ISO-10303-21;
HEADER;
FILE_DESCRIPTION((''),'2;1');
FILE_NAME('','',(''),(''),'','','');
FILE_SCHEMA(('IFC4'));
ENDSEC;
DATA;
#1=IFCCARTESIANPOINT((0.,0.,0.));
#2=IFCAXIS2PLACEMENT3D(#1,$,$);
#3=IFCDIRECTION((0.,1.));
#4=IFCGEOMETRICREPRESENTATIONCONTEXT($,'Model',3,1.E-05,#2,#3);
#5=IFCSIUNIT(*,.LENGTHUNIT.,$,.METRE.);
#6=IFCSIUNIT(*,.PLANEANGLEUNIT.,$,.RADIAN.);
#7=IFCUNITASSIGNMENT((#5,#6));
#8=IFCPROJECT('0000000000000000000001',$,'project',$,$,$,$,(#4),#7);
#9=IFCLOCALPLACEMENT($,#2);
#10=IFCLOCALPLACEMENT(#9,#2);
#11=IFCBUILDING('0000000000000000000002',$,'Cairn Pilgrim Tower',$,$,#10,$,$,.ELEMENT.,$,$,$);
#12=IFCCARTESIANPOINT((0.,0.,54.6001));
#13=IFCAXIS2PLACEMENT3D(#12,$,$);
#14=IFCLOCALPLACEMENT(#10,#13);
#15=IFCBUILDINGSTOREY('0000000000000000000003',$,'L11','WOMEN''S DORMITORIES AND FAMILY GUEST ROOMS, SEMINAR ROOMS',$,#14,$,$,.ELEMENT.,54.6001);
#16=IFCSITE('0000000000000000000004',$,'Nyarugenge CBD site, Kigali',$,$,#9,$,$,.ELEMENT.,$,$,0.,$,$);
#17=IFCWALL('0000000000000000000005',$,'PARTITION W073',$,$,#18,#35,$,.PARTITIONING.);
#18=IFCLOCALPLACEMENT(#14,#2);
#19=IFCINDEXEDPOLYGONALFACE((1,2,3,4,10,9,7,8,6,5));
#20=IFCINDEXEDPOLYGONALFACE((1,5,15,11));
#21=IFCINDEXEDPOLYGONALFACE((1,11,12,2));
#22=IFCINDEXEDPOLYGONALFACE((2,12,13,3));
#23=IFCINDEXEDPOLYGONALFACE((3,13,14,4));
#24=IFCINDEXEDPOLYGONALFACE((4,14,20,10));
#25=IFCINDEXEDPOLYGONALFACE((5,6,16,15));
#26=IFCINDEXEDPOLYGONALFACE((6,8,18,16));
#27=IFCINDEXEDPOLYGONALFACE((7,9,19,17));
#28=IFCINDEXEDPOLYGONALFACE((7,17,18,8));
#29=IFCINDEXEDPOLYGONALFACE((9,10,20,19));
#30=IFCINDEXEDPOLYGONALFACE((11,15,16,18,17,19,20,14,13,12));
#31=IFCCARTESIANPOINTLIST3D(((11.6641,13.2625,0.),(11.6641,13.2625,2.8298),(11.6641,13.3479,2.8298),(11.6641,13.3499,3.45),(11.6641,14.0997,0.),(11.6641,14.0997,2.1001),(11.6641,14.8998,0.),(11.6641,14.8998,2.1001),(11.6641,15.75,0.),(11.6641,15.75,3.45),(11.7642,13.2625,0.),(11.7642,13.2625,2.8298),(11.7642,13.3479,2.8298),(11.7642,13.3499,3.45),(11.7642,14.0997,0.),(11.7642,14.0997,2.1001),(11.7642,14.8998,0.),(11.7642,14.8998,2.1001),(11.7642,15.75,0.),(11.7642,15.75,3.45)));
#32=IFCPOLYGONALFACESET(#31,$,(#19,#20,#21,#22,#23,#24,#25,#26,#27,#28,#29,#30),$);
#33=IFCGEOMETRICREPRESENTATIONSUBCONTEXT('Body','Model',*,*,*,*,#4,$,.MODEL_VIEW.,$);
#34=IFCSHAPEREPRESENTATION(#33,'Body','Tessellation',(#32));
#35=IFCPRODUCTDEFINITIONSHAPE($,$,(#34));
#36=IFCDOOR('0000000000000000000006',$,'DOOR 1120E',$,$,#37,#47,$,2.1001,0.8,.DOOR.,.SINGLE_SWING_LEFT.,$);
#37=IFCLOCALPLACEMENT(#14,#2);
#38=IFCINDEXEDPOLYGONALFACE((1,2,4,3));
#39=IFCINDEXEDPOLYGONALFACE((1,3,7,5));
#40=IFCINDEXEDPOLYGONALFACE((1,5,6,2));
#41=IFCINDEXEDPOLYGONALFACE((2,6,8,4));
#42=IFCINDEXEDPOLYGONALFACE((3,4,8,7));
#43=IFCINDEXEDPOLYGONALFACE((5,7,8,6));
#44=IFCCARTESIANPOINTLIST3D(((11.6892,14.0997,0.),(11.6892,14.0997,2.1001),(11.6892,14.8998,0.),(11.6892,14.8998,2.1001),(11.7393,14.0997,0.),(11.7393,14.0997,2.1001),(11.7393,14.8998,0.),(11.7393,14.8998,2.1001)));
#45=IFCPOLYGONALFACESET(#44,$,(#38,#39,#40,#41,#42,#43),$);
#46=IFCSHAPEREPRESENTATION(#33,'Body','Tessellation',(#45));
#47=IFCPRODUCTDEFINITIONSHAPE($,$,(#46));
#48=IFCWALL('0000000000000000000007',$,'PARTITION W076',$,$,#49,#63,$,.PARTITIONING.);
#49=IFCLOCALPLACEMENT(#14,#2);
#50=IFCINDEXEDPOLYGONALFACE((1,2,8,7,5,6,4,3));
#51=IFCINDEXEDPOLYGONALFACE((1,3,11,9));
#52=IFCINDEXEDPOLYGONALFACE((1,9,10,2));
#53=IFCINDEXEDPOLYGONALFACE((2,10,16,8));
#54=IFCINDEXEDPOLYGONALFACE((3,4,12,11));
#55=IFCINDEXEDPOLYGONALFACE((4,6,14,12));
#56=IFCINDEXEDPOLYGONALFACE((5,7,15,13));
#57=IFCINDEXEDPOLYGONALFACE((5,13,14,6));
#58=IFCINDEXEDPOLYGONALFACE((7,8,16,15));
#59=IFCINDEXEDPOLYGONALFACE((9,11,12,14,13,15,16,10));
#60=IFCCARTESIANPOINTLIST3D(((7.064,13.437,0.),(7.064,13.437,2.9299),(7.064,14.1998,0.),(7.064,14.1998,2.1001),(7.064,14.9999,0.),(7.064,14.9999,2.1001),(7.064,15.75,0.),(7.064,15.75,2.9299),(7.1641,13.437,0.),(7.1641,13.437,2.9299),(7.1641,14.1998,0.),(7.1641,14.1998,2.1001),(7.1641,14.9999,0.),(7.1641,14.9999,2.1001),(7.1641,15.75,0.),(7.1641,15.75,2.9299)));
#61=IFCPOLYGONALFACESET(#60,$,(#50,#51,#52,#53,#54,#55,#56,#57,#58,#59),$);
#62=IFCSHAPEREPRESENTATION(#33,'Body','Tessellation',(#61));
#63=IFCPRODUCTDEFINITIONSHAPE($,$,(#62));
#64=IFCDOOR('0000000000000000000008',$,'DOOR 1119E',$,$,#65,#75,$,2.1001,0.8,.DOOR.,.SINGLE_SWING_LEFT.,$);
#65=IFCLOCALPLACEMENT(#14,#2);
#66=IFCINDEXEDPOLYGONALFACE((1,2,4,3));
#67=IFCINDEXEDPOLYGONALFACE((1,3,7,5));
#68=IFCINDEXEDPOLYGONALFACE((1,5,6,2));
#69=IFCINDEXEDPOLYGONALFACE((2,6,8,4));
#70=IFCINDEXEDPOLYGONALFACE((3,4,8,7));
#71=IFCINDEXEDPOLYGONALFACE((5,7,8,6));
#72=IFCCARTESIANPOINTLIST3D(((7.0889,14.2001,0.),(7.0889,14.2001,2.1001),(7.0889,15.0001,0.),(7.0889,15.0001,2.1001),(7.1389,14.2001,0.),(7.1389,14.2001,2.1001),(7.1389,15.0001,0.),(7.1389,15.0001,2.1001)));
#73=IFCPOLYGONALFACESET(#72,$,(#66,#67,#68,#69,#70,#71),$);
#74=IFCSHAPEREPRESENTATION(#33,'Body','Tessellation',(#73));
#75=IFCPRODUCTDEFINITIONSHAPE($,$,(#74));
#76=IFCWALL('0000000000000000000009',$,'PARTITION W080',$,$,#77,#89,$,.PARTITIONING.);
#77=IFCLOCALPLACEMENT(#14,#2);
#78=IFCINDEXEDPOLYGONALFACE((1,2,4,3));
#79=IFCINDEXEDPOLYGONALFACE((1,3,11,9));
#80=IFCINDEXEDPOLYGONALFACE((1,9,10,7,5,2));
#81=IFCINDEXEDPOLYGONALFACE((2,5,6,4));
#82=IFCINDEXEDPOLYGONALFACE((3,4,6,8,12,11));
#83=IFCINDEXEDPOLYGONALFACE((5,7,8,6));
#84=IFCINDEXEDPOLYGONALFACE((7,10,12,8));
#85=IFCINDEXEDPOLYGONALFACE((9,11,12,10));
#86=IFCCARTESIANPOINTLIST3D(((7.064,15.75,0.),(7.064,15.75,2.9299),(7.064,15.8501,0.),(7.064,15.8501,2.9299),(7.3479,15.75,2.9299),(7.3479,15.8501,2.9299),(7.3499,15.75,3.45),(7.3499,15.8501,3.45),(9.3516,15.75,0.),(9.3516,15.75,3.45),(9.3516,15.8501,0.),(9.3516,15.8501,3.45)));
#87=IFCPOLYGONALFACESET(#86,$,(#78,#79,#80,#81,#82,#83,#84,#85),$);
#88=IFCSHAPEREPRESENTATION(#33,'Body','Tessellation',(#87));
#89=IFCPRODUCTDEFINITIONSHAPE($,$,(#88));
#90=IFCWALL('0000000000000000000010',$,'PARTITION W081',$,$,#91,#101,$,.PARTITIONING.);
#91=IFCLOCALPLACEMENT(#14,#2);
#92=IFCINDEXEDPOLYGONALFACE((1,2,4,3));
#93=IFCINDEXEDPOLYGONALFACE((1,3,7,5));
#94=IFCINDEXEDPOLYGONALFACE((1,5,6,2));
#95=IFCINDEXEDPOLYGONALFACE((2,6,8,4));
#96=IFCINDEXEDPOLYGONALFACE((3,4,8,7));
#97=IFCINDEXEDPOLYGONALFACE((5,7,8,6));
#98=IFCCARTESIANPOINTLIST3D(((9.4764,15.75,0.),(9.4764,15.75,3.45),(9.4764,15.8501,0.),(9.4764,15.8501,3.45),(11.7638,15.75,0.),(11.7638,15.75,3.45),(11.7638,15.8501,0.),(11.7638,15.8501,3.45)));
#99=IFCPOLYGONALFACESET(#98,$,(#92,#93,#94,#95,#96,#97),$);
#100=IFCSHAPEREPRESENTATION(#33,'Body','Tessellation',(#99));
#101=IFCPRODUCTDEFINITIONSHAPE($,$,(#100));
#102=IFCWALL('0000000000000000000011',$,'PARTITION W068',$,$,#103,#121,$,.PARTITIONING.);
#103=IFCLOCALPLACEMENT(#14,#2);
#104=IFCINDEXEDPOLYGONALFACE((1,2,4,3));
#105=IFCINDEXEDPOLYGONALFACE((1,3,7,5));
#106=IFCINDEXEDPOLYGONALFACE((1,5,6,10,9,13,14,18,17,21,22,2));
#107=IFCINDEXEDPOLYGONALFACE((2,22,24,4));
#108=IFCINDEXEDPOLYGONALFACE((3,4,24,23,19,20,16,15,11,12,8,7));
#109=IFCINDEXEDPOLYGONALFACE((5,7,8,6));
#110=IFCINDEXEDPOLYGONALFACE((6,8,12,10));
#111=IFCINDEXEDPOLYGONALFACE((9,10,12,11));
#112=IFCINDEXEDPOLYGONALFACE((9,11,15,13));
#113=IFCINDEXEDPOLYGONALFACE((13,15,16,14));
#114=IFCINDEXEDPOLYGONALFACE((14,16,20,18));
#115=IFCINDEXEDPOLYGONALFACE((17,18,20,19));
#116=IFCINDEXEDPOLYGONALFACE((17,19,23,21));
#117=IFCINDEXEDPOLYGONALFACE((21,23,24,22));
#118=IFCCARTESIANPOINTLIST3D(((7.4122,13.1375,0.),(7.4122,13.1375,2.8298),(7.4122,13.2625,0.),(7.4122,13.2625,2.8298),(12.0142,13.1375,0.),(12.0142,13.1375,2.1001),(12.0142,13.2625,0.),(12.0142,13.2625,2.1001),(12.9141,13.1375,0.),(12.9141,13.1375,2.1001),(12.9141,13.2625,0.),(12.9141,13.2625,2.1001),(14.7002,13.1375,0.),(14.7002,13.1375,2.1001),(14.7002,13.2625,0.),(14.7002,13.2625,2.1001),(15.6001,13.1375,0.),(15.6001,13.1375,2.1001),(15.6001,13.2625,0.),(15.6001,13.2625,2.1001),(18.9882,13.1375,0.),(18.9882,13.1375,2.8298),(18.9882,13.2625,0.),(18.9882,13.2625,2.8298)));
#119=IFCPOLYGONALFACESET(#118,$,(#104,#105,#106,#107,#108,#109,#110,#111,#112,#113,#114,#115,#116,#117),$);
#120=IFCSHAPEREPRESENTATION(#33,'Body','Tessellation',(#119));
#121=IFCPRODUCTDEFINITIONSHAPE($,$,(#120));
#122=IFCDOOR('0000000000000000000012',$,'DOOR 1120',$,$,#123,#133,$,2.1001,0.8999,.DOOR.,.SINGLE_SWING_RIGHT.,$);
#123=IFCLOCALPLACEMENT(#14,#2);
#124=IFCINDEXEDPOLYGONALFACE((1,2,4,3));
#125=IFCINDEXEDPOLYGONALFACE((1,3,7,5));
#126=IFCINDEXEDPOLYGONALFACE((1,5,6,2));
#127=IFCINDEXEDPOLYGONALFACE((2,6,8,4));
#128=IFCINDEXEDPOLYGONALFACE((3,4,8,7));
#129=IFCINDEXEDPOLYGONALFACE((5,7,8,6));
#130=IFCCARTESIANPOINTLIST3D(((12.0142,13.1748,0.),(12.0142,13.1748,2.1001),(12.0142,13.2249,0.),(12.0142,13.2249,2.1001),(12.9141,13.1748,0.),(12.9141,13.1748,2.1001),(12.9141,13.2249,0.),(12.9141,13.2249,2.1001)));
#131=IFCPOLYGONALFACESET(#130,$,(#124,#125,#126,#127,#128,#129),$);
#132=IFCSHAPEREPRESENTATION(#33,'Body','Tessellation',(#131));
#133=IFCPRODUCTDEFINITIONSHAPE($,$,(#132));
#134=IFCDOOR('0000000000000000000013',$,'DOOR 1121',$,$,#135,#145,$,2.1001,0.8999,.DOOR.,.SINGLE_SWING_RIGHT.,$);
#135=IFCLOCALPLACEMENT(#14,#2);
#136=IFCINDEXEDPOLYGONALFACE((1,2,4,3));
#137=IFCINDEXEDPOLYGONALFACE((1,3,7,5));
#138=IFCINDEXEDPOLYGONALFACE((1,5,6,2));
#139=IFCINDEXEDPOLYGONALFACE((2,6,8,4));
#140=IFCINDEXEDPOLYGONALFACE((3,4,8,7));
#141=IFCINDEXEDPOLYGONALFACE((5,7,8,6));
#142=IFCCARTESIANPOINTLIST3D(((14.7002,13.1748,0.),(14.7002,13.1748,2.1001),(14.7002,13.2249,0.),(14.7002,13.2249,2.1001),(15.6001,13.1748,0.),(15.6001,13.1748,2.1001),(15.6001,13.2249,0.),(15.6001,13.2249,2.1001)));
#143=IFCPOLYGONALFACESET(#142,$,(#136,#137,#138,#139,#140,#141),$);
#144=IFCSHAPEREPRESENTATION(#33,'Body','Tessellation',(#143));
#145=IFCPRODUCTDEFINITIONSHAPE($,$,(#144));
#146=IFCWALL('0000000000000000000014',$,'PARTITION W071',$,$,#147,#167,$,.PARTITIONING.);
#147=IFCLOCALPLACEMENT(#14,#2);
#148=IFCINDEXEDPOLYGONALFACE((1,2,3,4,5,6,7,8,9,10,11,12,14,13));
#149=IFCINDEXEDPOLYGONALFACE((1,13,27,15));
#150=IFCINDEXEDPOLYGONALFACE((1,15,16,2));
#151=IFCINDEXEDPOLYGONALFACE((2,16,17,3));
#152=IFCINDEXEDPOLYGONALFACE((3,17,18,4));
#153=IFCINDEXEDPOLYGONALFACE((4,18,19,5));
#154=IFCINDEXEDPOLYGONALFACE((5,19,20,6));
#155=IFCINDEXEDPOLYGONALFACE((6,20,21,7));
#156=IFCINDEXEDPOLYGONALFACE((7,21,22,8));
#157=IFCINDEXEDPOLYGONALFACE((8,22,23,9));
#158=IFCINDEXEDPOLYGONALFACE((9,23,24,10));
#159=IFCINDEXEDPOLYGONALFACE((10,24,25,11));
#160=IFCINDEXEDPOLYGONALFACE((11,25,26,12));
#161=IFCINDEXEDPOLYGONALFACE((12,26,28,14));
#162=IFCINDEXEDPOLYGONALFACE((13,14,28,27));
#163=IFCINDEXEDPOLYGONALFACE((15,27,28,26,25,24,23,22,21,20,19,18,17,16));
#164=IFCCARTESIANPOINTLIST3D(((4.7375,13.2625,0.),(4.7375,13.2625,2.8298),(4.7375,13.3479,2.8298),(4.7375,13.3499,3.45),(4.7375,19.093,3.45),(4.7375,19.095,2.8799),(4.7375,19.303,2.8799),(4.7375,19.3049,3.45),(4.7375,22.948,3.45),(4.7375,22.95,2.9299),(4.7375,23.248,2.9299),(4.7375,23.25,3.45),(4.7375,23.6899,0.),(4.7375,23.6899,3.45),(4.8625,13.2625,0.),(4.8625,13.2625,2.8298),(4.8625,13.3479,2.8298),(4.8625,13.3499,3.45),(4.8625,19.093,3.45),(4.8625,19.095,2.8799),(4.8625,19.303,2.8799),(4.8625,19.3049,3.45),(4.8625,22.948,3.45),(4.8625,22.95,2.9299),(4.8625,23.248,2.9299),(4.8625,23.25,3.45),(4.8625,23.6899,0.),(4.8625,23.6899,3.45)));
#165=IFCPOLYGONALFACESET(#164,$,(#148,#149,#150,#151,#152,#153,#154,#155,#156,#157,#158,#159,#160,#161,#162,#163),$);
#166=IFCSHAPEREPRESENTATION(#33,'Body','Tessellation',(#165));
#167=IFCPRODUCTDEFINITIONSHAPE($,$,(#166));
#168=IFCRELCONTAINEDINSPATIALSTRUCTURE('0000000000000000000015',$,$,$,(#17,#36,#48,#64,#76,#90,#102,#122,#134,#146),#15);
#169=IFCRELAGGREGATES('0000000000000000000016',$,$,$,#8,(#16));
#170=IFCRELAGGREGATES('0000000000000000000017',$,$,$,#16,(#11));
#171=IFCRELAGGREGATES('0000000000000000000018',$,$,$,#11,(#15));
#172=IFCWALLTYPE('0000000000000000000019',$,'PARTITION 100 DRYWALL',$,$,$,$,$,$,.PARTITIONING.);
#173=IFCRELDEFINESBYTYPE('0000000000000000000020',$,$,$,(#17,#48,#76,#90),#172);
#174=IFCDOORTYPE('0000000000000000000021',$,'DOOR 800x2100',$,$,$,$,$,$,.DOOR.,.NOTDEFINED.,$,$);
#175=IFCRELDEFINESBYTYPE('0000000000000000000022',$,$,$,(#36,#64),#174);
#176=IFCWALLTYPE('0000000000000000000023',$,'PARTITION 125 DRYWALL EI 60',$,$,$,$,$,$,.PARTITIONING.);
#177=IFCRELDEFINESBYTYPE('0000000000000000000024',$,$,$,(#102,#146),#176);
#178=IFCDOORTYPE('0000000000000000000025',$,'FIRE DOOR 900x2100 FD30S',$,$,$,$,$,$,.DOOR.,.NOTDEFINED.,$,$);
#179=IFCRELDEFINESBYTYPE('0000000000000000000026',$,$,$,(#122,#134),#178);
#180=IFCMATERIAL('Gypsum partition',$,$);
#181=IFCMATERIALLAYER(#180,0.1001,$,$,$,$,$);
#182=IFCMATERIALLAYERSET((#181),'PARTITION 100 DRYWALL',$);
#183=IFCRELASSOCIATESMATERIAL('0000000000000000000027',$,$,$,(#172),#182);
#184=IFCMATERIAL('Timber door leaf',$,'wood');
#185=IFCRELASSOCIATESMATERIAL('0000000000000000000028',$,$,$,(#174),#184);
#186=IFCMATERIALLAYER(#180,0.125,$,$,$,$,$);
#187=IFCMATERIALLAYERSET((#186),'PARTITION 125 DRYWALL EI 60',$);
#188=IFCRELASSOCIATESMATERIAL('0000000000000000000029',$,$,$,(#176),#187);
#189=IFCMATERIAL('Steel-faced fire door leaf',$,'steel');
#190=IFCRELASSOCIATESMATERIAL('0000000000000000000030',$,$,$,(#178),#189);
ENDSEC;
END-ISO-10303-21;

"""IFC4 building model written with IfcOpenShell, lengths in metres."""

from ifc_helpers import new_model, si_unit, direction, frame, frame_2d, origin, place, context, subcontext, project, spatial, polyline, rectangle, outline, extrude, material, layer, layer_set, type_object, element, fill, save


model = new_model("IFC4")

# Units and contexts
model_context = context("Model", 3, precision=1e-05, world=origin(), true_north=direction((0.0, 1.0)))
body_context = subcontext(model_context, "Body", "Model", "MODEL_VIEW")
ifc_project = project(units=[si_unit("LENGTHUNIT", "METRE"), si_unit("PLANEANGLEUNIT", "RADIAN")], contexts=[model_context])

# Site, building, storey
site_placement = place(None, origin())
site = spatial("IfcSite", under=ifc_project, at=site_placement, Name="Nyarugenge CBD site, Kigali", CompositionType="ELEMENT", RefElevation=0.0)
building_placement = place(site_placement, origin())
building = spatial("IfcBuilding", under=site, at=building_placement, Name="Cairn Pilgrim Tower", CompositionType="ELEMENT")
storey_placement = place(building_placement, frame((0.0, 0.0, 54.6001)))
storey = spatial("IfcBuildingStorey", under=building, at=storey_placement, Name="L11", Description="WOMEN'S DORMITORIES AND FAMILY GUEST ROOMS, SEMINAR ROOMS", CompositionType="ELEMENT", Elevation=54.6001)

# Walls, openings, doors
ifc_material_1 = material(Name="Gypsum partition")
ifc_layer_1 = layer(ifc_material_1, 0.1001)
ifc_layer_set_1 = layer_set([ifc_layer_1], Name="PARTITION 100 DRYWALL")
wall_type_1 = type_object("IfcWallType", Name="PARTITION 100 DRYWALL", PredefinedType="PARTITIONING", material=ifc_layer_set_1)
wall_1_placement = place(storey_placement, frame((11.7141, 13.2625, 0.0), z_axis=(0.0, 0.0, 1.0), x_axis=(0.0, 1.0, 0.0)))
wall_1 = element("IfcWall", 1, at=wall_1_placement, inside=storey, type_object=wall_type_1, Name="PARTITION W073", PredefinedType="PARTITIONING", context=body_context, shape_type="SweptSolid", body=[
    extrude(outline(polyline([(0.0, 0.0), (2.4875, 0.0), (2.4875, 3.45), (0.0874, 3.45), (0.0854, 2.8298), (0.0, 2.8298), (0.0, 0.0)])), frame((0.0, 0.05, 0.0), z_axis=(0.0, -1.0, 0.0), x_axis=(1.0, 0.0, 0.0)), (0.0, 0.0, 1.0), 0.1001),
])
opening_1_placement = place(wall_1_placement, frame((0.8374, 0.0, 0.0)))
opening_1 = element("IfcOpeningElement", 2, at=opening_1_placement, cuts=wall_1, PredefinedType="OPENING", context=body_context, shape_type="SweptSolid", body=[
    extrude(rectangle(XDim=0.8, YDim=2.1001, at=frame_2d((0.3999, 1.05))), frame((0.0, 0.0601, 0.0), z_axis=(0.0, -1.0, 0.0), x_axis=(1.0, 0.0, 0.0)), (0.0, 0.0, 1.0), 0.1201),
])
ifc_material_2 = material(Name="Timber door leaf", Category="wood")
door_type_1 = type_object("IfcDoorType", Name="DOOR 800x2100", OperationType="NOTDEFINED", PredefinedType="DOOR", material=ifc_material_2)
door_1_placement = place(opening_1_placement, origin())
door_1 = element("IfcDoor", 3, at=door_1_placement, inside=storey, type_object=door_type_1, Name="DOOR 1120E", OperationType="SINGLE_SWING_LEFT", OverallHeight=2.1001, OverallWidth=0.8, PredefinedType="DOOR", context=body_context, shape_type="SweptSolid", body=[
    extrude(rectangle(XDim=0.8, YDim=2.1001, at=frame_2d((0.3999, 1.05))), frame((0.0, 0.0249, 0.0), z_axis=(0.0, -1.0, 0.0), x_axis=(1.0, 0.0, 0.0)), (0.0, 0.0, 1.0), 0.05),
])
fill(opening_1, door_1)
wall_2_placement = place(storey_placement, frame((7.114, 13.437, 0.0), z_axis=(0.0, 0.0, 1.0), x_axis=(0.0, 1.0, 0.0)))
wall_2 = element("IfcWall", 4, at=wall_2_placement, inside=storey, type_object=wall_type_1, Name="PARTITION W076", PredefinedType="PARTITIONING", context=body_context, shape_type="SweptSolid", body=[
    extrude(rectangle(XDim=2.313, YDim=0.1001, at=frame_2d((1.1565, 0.0))), origin(), (0.0, 0.0, 1.0), 2.9299),
])
opening_2_placement = place(wall_2_placement, frame((0.7629, 0.0, 0.0)))
opening_2 = element("IfcOpeningElement", 5, at=opening_2_placement, cuts=wall_2, PredefinedType="OPENING", context=body_context, shape_type="SweptSolid", body=[
    extrude(rectangle(XDim=0.8, YDim=2.1001, at=frame_2d((0.3999, 1.05))), frame((0.0, 0.0601, 0.0), z_axis=(0.0, -1.0, 0.0), x_axis=(1.0, 0.0, 0.0)), (0.0, 0.0, 1.0), 0.1201),
])
door_2_placement = place(opening_2_placement, frame((0.8, 0.0, 0.0), z_axis=(0.0, 0.0, 1.0), x_axis=(-1.0, 0.0, 0.0)))
door_2 = element("IfcDoor", 6, at=door_2_placement, inside=storey, type_object=door_type_1, Name="DOOR 1119E", OperationType="SINGLE_SWING_LEFT", OverallHeight=2.1001, OverallWidth=0.8, PredefinedType="DOOR", context=body_context, shape_type="SweptSolid", body=[
    extrude(rectangle(XDim=0.8, YDim=2.1001, at=frame_2d((0.3999, 1.05))), frame((0.0, 0.0249, 0.0), z_axis=(0.0, -1.0, 0.0), x_axis=(1.0, 0.0, 0.0)), (0.0, 0.0, 1.0), 0.05),
])
fill(opening_2, door_2)

# Walls
wall_3_placement = place(storey_placement, frame((7.064, 15.8, 0.0), z_axis=(0.0, 0.0, 1.0), x_axis=(1.0, 0.0, 0.0)))
element("IfcWall", 7, at=wall_3_placement, inside=storey, type_object=wall_type_1, Name="PARTITION W080", PredefinedType="PARTITIONING", context=body_context, shape_type="SweptSolid", body=[
    extrude(outline(polyline([(0.0, 0.0), (2.2876, 0.0), (2.2876, 3.45), (0.2859, 3.45), (0.2839, 2.9299), (0.0, 2.9299), (0.0, 0.0)])), frame((0.0, 0.05, 0.0), z_axis=(0.0, -1.0, 0.0), x_axis=(1.0, 0.0, 0.0)), (0.0, 0.0, 1.0), 0.1001),
])
wall_4_placement = place(storey_placement, frame((9.4766, 15.8, 0.0), z_axis=(0.0, 0.0, 1.0), x_axis=(1.0, 0.0, 0.0)))
element("IfcWall", 8, at=wall_4_placement, inside=storey, type_object=wall_type_1, Name="PARTITION W081", PredefinedType="PARTITIONING", context=body_context, shape_type="SweptSolid", body=[
    extrude(rectangle(XDim=2.2874, YDim=0.1001, at=frame_2d((1.1436, 0.0))), origin(), (0.0, 0.0, 1.0), 3.45),
])

# Wall, openings, doors
ifc_layer_2 = layer(ifc_material_1, 0.125)
ifc_layer_set_2 = layer_set([ifc_layer_2], Name="PARTITION 125 DRYWALL EI 60")
wall_type_2 = type_object("IfcWallType", Name="PARTITION 125 DRYWALL EI 60", PredefinedType="PARTITIONING", material=ifc_layer_set_2)
wall_5_placement = place(storey_placement, frame((7.4121, 13.2, 0.0), z_axis=(0.0, 0.0, 1.0), x_axis=(1.0, 0.0, 0.0)))
wall_5 = element("IfcWall", 9, at=wall_5_placement, inside=storey, type_object=wall_type_2, Name="PARTITION W068", PredefinedType="PARTITIONING", context=body_context, shape_type="SweptSolid", body=[
    extrude(rectangle(XDim=11.5759, YDim=0.125, at=frame_2d((5.7881, 0.0))), origin(), (0.0, 0.0, 1.0), 2.8298),
])
opening_3_placement = place(wall_5_placement, frame((4.6021, 0.0, 0.0)))
opening_3 = element("IfcOpeningElement", 10, at=opening_3_placement, cuts=wall_5, PredefinedType="OPENING", context=body_context, shape_type="SweptSolid", body=[
    extrude(rectangle(XDim=0.8999, YDim=2.1001, at=frame_2d((0.45, 1.05))), frame((0.0, 0.0725, 0.0), z_axis=(0.0, -1.0, 0.0), x_axis=(1.0, 0.0, 0.0)), (0.0, 0.0, 1.0), 0.145),
])
opening_4_placement = place(wall_5_placement, frame((7.2881, 0.0, 0.0)))
opening_4 = element("IfcOpeningElement", 11, at=opening_4_placement, cuts=wall_5, PredefinedType="OPENING", context=body_context, shape_type="SweptSolid", body=[
    extrude(rectangle(XDim=0.8999, YDim=2.1001, at=frame_2d((0.45, 1.05))), frame((0.0, 0.0725, 0.0), z_axis=(0.0, -1.0, 0.0), x_axis=(1.0, 0.0, 0.0)), (0.0, 0.0, 1.0), 0.145),
])
ifc_material_3 = material(Name="Steel-faced fire door leaf", Category="steel")
door_type_2 = type_object("IfcDoorType", Name="FIRE DOOR 900x2100 FD30S", OperationType="NOTDEFINED", PredefinedType="DOOR", material=ifc_material_3)
door_3_placement = place(opening_3_placement, origin())
door_3 = element("IfcDoor", 12, at=door_3_placement, inside=storey, type_object=door_type_2, Name="DOOR 1120", OperationType="SINGLE_SWING_RIGHT", OverallHeight=2.1001, OverallWidth=0.8999, PredefinedType="DOOR", context=body_context, shape_type="SweptSolid", body=[
    extrude(rectangle(XDim=0.8999, YDim=2.1001, at=frame_2d((0.45, 1.05))), frame((0.0, 0.0249, 0.0), z_axis=(0.0, -1.0, 0.0), x_axis=(1.0, 0.0, 0.0)), (0.0, 0.0, 1.0), 0.05),
])
fill(opening_3, door_3)
door_4_placement = place(opening_4_placement, origin())
door_4 = element("IfcDoor", 13, at=door_4_placement, inside=storey, type_object=door_type_2, Name="DOOR 1121", OperationType="SINGLE_SWING_RIGHT", OverallHeight=2.1001, OverallWidth=0.8999, PredefinedType="DOOR", context=body_context, shape_type="SweptSolid", body=[
    extrude(rectangle(XDim=0.8999, YDim=2.1001, at=frame_2d((0.45, 1.05))), frame((0.0, 0.0249, 0.0), z_axis=(0.0, -1.0, 0.0), x_axis=(1.0, 0.0, 0.0)), (0.0, 0.0, 1.0), 0.05),
])
fill(opening_4, door_4)

# Wall
wall_6_placement = place(storey_placement, frame((4.8, 13.2625, 0.0), z_axis=(0.0, 0.0, 1.0), x_axis=(0.0, 1.0, 0.0)))
element("IfcWall", 14, at=wall_6_placement, inside=storey, type_object=wall_type_2, Name="PARTITION W071", PredefinedType="PARTITIONING", context=body_context, shape_type="SweptSolid", body=[
    extrude(outline(polyline([(0.0, 0.0), (10.4275, 0.0), (10.4275, 3.45), (9.9875, 3.45), (9.9856, 2.9299), (9.6875, 2.9299), (9.6855, 3.45), (6.0425, 3.45), (6.0405, 2.8799), (5.8325, 2.8799), (5.8306, 3.45), (0.0874, 3.45), (0.0854, 2.8298), (0.0, 2.8298), (0.0, 0.0)])), frame((0.0, 0.0625, 0.0), z_axis=(0.0, -1.0, 0.0), x_axis=(1.0, 0.0, 0.0)), (0.0, 0.0, 1.0), 0.125),
])

save(model, "model.ifc")
